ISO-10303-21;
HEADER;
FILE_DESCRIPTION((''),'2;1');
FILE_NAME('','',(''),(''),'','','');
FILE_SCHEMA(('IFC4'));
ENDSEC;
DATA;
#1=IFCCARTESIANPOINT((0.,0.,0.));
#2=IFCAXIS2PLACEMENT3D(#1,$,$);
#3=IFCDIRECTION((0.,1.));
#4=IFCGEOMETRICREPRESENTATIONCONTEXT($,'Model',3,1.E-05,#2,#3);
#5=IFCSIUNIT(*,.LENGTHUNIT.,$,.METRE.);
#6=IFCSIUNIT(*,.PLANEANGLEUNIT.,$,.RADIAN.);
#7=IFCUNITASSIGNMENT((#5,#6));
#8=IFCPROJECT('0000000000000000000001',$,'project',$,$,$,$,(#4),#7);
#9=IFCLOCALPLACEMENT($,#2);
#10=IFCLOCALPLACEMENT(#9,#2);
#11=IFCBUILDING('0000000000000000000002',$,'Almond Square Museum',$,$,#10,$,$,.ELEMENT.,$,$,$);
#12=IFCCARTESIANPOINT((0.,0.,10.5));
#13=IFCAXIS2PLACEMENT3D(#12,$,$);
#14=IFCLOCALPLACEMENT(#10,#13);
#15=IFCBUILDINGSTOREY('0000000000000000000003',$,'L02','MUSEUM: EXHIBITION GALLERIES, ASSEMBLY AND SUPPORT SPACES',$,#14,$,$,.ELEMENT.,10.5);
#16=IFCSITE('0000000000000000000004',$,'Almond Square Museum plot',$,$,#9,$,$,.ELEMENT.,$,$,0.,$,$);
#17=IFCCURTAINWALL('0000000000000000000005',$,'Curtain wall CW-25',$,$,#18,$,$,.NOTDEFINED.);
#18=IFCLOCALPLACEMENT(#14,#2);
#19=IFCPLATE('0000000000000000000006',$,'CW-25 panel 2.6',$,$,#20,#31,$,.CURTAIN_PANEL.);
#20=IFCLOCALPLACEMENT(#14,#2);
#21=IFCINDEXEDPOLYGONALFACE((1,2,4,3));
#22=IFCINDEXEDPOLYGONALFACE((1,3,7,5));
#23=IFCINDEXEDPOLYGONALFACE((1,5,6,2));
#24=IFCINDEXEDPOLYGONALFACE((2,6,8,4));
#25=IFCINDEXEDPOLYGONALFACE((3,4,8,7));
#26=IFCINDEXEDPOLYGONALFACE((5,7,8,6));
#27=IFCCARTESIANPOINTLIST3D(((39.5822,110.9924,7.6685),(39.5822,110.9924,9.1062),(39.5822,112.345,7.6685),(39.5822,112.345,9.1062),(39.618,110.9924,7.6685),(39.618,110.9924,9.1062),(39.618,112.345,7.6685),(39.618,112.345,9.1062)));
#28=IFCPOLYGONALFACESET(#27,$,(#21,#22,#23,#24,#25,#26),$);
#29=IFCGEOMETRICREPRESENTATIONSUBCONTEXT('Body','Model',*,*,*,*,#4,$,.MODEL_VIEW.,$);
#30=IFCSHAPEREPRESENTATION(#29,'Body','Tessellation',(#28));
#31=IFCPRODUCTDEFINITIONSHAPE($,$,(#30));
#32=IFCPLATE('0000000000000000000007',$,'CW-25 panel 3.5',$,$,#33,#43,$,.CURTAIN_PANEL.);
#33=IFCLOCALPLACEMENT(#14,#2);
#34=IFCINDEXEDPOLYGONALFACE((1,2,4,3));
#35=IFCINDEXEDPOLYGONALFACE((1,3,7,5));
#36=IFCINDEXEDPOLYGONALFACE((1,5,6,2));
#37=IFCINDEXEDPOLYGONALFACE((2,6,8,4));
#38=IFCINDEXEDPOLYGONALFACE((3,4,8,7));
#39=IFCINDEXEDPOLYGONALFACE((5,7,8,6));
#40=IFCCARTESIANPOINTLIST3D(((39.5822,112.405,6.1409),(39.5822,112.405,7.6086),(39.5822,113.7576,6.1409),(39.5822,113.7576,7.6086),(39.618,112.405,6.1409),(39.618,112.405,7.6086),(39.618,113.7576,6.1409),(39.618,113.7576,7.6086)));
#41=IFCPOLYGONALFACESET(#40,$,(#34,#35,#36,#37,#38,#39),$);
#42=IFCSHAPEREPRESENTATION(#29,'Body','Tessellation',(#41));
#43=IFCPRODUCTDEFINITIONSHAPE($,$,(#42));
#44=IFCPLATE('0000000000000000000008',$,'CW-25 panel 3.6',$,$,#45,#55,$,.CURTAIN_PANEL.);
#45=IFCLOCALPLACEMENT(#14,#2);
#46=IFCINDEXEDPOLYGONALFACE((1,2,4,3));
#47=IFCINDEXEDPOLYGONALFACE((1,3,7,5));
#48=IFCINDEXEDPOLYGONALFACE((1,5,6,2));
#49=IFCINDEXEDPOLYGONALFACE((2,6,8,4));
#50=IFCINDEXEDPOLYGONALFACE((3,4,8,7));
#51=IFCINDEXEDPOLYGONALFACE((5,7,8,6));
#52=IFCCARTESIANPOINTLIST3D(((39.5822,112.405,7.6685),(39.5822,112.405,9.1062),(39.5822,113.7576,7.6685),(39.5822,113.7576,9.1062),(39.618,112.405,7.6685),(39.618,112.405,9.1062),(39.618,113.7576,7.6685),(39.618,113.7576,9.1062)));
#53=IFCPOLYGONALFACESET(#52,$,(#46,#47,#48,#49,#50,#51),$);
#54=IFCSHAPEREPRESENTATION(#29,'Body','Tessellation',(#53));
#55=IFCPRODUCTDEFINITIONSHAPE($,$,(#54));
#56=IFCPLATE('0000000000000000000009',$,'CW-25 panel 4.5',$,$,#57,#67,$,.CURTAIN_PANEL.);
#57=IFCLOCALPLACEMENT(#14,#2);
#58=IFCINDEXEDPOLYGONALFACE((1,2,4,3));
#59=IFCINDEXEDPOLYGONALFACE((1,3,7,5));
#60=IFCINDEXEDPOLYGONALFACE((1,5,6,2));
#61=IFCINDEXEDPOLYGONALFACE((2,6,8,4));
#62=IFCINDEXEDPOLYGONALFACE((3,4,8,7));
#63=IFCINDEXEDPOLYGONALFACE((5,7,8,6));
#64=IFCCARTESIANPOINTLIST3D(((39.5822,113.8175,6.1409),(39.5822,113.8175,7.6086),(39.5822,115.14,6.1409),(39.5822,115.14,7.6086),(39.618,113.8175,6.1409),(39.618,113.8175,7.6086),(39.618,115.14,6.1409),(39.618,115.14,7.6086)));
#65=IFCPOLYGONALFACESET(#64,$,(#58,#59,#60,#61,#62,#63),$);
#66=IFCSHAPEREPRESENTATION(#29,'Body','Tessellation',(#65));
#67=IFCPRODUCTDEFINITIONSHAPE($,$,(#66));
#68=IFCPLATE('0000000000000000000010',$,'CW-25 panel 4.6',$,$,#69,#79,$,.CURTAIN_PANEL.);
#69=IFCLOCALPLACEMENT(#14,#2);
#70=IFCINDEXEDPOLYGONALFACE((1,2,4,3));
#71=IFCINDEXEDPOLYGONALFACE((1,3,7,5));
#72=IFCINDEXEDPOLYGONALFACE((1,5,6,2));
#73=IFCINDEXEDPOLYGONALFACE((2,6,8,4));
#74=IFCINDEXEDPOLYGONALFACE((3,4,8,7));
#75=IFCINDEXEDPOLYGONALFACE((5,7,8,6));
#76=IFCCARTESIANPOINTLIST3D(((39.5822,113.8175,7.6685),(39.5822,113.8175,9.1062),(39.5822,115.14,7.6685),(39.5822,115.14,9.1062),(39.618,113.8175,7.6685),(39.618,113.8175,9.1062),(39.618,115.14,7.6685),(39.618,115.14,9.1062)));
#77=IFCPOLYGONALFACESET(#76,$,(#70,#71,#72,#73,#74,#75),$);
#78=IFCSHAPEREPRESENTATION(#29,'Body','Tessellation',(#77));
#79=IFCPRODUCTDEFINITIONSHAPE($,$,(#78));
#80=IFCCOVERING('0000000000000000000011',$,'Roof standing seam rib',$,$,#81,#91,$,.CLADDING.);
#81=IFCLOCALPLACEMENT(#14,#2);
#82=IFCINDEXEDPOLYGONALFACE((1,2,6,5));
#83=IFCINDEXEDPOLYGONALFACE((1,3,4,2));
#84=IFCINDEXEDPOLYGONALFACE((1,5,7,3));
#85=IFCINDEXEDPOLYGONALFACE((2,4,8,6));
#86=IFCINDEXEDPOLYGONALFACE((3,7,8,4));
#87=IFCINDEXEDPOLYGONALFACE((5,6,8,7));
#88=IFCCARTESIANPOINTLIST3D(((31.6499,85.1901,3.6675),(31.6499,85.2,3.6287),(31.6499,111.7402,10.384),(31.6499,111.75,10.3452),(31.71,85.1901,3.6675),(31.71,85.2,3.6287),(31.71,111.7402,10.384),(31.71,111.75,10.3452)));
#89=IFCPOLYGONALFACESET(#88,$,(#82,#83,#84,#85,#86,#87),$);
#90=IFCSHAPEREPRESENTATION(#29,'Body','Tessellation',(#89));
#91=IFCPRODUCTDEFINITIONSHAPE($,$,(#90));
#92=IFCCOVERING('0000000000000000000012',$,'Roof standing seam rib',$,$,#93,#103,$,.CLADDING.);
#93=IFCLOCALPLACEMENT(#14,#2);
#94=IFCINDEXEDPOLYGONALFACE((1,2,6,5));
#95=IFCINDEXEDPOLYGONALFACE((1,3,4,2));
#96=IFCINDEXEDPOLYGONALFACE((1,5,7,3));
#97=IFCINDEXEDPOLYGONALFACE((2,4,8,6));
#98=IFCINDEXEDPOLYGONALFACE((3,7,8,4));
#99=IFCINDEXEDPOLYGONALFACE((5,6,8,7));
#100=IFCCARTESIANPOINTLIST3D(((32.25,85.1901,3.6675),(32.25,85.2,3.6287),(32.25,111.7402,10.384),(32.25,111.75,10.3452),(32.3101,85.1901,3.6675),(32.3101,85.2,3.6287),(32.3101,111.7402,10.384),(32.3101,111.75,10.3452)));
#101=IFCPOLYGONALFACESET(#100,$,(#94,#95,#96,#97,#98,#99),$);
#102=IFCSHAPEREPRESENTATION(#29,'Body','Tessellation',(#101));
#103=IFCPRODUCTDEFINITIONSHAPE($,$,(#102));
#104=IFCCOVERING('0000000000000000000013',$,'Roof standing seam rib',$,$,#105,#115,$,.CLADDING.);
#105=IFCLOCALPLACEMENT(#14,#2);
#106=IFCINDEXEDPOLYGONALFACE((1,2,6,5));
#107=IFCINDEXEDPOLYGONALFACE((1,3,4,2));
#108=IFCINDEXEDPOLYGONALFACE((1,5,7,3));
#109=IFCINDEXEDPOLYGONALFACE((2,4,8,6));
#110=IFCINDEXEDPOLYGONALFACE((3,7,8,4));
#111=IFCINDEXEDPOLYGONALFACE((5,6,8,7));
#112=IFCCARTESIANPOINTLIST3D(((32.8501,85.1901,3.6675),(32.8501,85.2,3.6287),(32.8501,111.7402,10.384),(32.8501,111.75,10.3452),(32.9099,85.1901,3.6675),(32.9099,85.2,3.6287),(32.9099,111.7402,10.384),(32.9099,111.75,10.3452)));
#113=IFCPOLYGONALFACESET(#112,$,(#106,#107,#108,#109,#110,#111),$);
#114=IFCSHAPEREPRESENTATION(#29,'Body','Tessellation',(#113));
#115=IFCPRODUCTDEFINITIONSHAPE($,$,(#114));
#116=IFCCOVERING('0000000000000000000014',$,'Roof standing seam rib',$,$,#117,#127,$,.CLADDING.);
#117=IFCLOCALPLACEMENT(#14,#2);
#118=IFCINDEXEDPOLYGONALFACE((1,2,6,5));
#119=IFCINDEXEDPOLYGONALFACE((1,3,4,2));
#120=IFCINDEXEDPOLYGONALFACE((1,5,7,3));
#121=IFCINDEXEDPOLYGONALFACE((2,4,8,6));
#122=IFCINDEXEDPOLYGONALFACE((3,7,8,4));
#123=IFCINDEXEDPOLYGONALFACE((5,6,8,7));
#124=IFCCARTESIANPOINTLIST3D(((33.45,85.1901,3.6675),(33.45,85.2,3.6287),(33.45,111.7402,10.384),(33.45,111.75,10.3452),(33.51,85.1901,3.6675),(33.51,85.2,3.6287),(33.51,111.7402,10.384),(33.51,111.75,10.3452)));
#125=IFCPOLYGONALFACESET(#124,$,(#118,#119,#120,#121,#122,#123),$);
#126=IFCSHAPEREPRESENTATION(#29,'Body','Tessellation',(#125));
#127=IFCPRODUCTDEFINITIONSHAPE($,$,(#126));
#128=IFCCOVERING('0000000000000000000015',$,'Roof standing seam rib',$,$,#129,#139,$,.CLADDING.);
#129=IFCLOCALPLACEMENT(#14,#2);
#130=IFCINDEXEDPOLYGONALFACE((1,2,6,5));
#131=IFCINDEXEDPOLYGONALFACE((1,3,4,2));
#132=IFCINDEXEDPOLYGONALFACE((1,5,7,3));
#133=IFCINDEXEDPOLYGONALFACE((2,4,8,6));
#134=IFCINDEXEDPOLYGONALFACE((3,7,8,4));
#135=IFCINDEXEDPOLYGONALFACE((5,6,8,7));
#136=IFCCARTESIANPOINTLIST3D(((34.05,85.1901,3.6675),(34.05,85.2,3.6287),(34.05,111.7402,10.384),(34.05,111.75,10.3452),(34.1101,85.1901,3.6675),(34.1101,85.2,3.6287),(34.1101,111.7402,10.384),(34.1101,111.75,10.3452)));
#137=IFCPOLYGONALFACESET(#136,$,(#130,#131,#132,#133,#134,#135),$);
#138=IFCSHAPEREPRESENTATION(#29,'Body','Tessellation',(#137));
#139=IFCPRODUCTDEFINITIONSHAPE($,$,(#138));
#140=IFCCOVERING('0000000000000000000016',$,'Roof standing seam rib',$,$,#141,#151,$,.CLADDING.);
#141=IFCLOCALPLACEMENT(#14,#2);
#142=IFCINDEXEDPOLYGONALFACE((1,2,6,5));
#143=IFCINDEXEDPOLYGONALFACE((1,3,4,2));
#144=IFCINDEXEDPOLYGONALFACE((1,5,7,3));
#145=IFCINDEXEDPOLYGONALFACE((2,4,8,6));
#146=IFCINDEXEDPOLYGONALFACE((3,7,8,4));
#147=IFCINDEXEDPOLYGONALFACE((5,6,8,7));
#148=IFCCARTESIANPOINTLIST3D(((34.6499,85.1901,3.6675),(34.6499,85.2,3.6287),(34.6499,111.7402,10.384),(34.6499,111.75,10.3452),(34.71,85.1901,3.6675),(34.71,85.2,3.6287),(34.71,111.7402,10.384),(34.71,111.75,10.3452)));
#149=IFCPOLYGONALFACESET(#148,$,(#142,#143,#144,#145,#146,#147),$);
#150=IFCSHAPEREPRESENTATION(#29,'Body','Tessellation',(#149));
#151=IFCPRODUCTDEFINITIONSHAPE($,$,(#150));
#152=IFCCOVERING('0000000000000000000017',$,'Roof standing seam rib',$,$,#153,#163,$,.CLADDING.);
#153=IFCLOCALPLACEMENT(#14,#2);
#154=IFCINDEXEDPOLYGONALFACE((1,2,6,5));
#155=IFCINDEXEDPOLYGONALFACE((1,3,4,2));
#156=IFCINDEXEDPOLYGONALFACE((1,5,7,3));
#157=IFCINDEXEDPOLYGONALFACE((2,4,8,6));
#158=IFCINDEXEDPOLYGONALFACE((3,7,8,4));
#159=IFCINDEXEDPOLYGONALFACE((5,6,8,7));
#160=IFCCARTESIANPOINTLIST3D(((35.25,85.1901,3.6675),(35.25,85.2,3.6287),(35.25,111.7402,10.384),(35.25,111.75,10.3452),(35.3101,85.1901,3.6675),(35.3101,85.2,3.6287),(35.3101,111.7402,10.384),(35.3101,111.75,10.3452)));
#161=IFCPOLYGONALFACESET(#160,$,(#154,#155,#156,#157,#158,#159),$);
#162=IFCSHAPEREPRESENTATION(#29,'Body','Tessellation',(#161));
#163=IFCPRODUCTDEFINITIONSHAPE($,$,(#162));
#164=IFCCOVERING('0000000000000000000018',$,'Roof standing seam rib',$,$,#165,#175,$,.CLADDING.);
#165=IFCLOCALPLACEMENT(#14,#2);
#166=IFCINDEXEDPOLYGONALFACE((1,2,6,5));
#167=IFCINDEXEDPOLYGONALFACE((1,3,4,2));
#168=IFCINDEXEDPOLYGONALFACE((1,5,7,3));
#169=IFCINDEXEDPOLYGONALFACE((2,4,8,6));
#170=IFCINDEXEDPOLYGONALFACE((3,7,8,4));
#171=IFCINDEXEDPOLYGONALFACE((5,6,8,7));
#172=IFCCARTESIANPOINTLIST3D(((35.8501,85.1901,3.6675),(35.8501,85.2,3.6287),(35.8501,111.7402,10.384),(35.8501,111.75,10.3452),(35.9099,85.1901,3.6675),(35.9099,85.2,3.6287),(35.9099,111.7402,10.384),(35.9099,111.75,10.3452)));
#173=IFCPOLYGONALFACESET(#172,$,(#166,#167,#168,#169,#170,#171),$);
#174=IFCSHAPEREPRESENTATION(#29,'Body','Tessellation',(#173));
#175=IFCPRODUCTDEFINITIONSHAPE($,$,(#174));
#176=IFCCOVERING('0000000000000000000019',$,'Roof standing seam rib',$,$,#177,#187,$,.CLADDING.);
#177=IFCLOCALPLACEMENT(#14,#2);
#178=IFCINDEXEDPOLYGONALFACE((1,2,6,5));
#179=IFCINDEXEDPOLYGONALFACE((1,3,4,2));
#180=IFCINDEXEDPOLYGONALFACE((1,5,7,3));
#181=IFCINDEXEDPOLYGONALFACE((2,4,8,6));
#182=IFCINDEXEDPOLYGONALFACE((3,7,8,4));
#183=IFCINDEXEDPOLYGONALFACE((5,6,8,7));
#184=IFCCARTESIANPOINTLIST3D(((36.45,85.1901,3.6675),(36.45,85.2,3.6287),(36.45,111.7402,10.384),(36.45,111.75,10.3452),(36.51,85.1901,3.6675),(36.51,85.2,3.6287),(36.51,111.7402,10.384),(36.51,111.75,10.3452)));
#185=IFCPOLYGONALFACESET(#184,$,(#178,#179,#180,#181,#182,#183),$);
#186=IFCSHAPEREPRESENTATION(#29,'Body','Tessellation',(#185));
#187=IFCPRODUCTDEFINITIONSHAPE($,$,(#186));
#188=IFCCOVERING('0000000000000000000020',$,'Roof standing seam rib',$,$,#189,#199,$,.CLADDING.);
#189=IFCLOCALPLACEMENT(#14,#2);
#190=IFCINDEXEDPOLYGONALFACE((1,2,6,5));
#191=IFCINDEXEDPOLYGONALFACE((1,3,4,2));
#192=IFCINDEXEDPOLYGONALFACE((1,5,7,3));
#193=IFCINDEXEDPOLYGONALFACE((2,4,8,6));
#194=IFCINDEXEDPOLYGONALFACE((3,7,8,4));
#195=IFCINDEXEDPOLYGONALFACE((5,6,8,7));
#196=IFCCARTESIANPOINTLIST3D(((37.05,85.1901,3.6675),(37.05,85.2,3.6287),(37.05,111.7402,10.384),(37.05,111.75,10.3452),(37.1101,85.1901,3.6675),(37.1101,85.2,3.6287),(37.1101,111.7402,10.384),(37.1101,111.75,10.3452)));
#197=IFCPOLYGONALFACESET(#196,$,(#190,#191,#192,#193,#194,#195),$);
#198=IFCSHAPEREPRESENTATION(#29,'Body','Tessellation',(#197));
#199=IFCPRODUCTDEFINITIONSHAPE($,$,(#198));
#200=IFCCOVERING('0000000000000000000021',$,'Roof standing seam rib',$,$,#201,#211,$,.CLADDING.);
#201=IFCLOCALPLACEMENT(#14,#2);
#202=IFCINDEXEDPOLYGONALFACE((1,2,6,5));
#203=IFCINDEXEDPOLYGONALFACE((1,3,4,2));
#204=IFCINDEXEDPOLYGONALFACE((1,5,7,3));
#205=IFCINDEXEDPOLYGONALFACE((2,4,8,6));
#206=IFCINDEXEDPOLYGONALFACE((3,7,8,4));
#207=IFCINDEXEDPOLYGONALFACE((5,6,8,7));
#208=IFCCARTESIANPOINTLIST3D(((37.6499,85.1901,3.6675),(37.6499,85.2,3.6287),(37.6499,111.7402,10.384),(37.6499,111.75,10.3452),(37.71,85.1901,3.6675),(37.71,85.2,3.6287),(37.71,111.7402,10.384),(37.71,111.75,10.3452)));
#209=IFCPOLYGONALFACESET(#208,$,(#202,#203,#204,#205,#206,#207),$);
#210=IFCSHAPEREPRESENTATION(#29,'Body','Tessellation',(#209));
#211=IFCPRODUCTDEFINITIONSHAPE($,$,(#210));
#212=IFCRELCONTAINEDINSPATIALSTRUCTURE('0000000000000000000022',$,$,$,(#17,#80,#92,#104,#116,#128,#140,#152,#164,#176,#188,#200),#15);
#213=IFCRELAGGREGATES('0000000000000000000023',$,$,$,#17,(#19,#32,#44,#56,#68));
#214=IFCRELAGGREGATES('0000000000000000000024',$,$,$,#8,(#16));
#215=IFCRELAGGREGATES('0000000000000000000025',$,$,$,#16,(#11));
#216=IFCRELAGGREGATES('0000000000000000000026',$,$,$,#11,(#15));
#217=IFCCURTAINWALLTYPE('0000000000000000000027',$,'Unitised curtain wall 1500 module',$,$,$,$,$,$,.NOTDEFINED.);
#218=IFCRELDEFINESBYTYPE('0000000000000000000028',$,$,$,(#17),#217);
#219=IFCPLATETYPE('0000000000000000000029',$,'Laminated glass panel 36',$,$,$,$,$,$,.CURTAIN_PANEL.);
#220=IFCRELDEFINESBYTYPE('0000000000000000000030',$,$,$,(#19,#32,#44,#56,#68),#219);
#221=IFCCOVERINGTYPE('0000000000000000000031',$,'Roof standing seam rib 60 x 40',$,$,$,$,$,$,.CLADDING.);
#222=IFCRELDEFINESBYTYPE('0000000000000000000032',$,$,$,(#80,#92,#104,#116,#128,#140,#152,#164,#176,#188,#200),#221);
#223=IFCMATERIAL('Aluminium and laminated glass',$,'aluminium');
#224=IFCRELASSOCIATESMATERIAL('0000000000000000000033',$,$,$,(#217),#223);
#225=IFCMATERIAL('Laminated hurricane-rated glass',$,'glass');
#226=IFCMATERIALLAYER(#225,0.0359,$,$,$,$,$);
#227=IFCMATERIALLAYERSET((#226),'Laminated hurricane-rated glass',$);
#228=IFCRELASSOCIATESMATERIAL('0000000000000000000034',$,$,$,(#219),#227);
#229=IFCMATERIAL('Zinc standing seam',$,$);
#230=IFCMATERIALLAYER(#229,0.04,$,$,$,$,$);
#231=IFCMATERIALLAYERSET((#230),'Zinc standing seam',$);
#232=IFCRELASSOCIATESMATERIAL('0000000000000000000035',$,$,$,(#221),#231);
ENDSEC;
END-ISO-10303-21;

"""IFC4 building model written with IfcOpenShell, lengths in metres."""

from ifc_helpers import new_model, si_unit, direction, frame, origin, origin_2d, place, context, subcontext, project, spatial, polyline, rectangle, outline, extrude, material, layer, layer_set, type_object, element, aggregate, save


model = new_model("IFC4")

# Units and contexts
model_context = context("Model", 3, precision=1e-05, world=origin(), true_north=direction((0.0, 1.0)))
body_context = subcontext(model_context, "Body", "Model", "MODEL_VIEW")
ifc_project = project(units=[si_unit("LENGTHUNIT", "METRE"), si_unit("PLANEANGLEUNIT", "RADIAN")], contexts=[model_context])

# Site, building, storey
site_placement = place(None, origin())
site = spatial("IfcSite", under=ifc_project, at=site_placement, Name="Almond Square Museum plot", CompositionType="ELEMENT", RefElevation=0.0)
building_placement = place(site_placement, origin())
building = spatial("IfcBuilding", under=site, at=building_placement, Name="Almond Square Museum", CompositionType="ELEMENT")
storey_placement = place(building_placement, frame((0.0, 0.0, 10.5)))
storey = spatial("IfcBuildingStorey", under=building, at=storey_placement, Name="L02", Description="MUSEUM: EXHIBITION GALLERIES, ASSEMBLY AND SUPPORT SPACES", CompositionType="ELEMENT", Elevation=10.5)

# Curtain wall
ifc_material_1 = material(Name="Aluminium and laminated glass", Category="aluminium")
curtain_wall_type = type_object("IfcCurtainWallType", Name="Unitised curtain wall 1500 module", PredefinedType="NOTDEFINED", material=ifc_material_1)
curtain_wall_1_placement = place(storey_placement, origin())
curtain_wall_1 = element("IfcCurtainWall", 1, at=curtain_wall_1_placement, inside=storey, type_object=curtain_wall_type, Name="Curtain wall CW-25", PredefinedType="NOTDEFINED")

# Plates
ifc_material_2 = material(Name="Laminated hurricane-rated glass", Category="glass")
ifc_layer_1 = layer(ifc_material_2, 0.0359)
ifc_layer_set_1 = layer_set([ifc_layer_1], Name="Laminated hurricane-rated glass")
plate_type = type_object("IfcPlateType", Name="Laminated glass panel 36", PredefinedType="CURTAIN_PANEL", material=ifc_layer_set_1)
plate_1_placement = place(storey_placement, frame((39.6001, 111.6687, 7.6685), z_axis=(0.0, 0.0, 1.0), x_axis=(0.0, 1.0, 0.0)))
plate_1 = element("IfcPlate", 2, at=plate_1_placement, type_object=plate_type, Name="CW-25 panel 2.6", PredefinedType="CURTAIN_PANEL", context=body_context, shape_type="SweptSolid", body=[
    extrude(rectangle(XDim=1.3525, YDim=0.0359, at=origin_2d()), origin(), (0.0, 0.0, 1.0), 1.4377),
])
plate_2_placement = place(storey_placement, frame((39.6001, 113.0813, 6.1409), z_axis=(0.0, 0.0, 1.0), x_axis=(0.0, 1.0, 0.0)))
plate_2 = element("IfcPlate", 3, at=plate_2_placement, type_object=plate_type, Name="CW-25 panel 3.5", PredefinedType="CURTAIN_PANEL", context=body_context, shape_type="SweptSolid", body=[
    extrude(rectangle(XDim=1.3525, YDim=0.0359, at=origin_2d()), origin(), (0.0, 0.0, 1.0), 1.4678),
])
plate_3_placement = place(storey_placement, frame((39.6001, 113.0813, 7.6685), z_axis=(0.0, 0.0, 1.0), x_axis=(0.0, 1.0, 0.0)))
plate_3 = element("IfcPlate", 4, at=plate_3_placement, type_object=plate_type, Name="CW-25 panel 3.6", PredefinedType="CURTAIN_PANEL", context=body_context, shape_type="SweptSolid", body=[
    extrude(rectangle(XDim=1.3525, YDim=0.0359, at=origin_2d()), origin(), (0.0, 0.0, 1.0), 1.4377),
])
plate_4_placement = place(storey_placement, frame((39.6001, 114.4788, 6.1409), z_axis=(0.0, 0.0, 1.0), x_axis=(0.0, 1.0, 0.0)))
plate_4 = element("IfcPlate", 5, at=plate_4_placement, type_object=plate_type, Name="CW-25 panel 4.5", PredefinedType="CURTAIN_PANEL", context=body_context, shape_type="SweptSolid", body=[
    extrude(rectangle(XDim=1.3225, YDim=0.0359, at=origin_2d()), origin(), (0.0, 0.0, 1.0), 1.4678),
])
plate_5_placement = place(storey_placement, frame((39.6001, 114.4788, 7.6685), z_axis=(0.0, 0.0, 1.0), x_axis=(0.0, 1.0, 0.0)))
plate_5 = element("IfcPlate", 6, at=plate_5_placement, type_object=plate_type, Name="CW-25 panel 4.6", PredefinedType="CURTAIN_PANEL", context=body_context, shape_type="SweptSolid", body=[
    extrude(rectangle(XDim=1.3225, YDim=0.0359, at=origin_2d()), origin(), (0.0, 0.0, 1.0), 1.4377),
])
aggregate(curtain_wall_1, [plate_1, plate_2, plate_3, plate_4, plate_5])

# Coverings
ifc_material_3 = material(Name="Zinc standing seam")
ifc_layer_2 = layer(ifc_material_3, 0.04)
ifc_layer_set_2 = layer_set([ifc_layer_2], Name="Zinc standing seam")
covering_type = type_object("IfcCoveringType", Name="Roof standing seam rib 60 x 40", PredefinedType="CLADDING", material=ifc_layer_set_2)
for number, where, z_axis, x_axis, name in (
    (7, (31.71, 111.75, 10.3452), (0.0, -0.245251, 0.96946), (-1.0, 0.0, 0.0), "Roof standing seam rib"),
    (8, (32.3101, 111.75, 10.3452), (0.0, -0.245251, 0.96946), (-1.0, 0.0, 0.0), "Roof standing seam rib"),
):
    element("IfcCovering", number, at=place(storey_placement, frame(where, z_axis=z_axis, x_axis=x_axis)), inside=storey, type_object=covering_type, Name=name, PredefinedType="CLADDING", context=body_context, shape_type="SweptSolid", body=[
        extrude(outline(polyline([(0.0, 0.0), (0.0601, 0.0), (0.0601, 27.3864), (0.0, 27.3864), (0.0, 0.0)])), origin(), (0.0, 0.0, 1.0), 0.04),
    ])
covering_1_placement = place(storey_placement, frame((32.9099, 111.75, 10.3452), z_axis=(0.0, -0.245251, 0.96946), x_axis=(-1.0, 0.0, 0.0)))
element("IfcCovering", 9, at=covering_1_placement, inside=storey, type_object=covering_type, Name="Roof standing seam rib", PredefinedType="CLADDING", context=body_context, shape_type="SweptSolid", body=[
    extrude(outline(polyline([(0.0, 0.0), (0.0598, 0.0), (0.0598, 27.3864), (0.0, 27.3864), (0.0, 0.0)])), origin(), (0.0, 0.0, 1.0), 0.04),
])
for number, where, z_axis, x_axis, name in (
    (10, (33.51, 111.75, 10.3452), (0.0, -0.245251, 0.96946), (-1.0, 0.0, 0.0), "Roof standing seam rib"),
    (11, (34.1101, 111.75, 10.3452), (0.0, -0.245251, 0.96946), (-1.0, 0.0, 0.0), "Roof standing seam rib"),
    (12, (34.71, 111.75, 10.3452), (0.0, -0.245251, 0.96946), (-1.0, 0.0, 0.0), "Roof standing seam rib"),
    (13, (35.3101, 111.75, 10.3452), (0.0, -0.245251, 0.96946), (-1.0, 0.0, 0.0), "Roof standing seam rib"),
):
    element("IfcCovering", number, at=place(storey_placement, frame(where, z_axis=z_axis, x_axis=x_axis)), inside=storey, type_object=covering_type, Name=name, PredefinedType="CLADDING", context=body_context, shape_type="SweptSolid", body=[
        extrude(outline(polyline([(0.0, 0.0), (0.0601, 0.0), (0.0601, 27.3864), (0.0, 27.3864), (0.0, 0.0)])), origin(), (0.0, 0.0, 1.0), 0.04),
    ])
covering_2_placement = place(storey_placement, frame((35.9099, 111.75, 10.3452), z_axis=(0.0, -0.245251, 0.96946), x_axis=(-1.0, 0.0, 0.0)))
element("IfcCovering", 14, at=covering_2_placement, inside=storey, type_object=covering_type, Name="Roof standing seam rib", PredefinedType="CLADDING", context=body_context, shape_type="SweptSolid", body=[
    extrude(outline(polyline([(0.0, 0.0), (0.0598, 0.0), (0.0598, 27.3864), (0.0, 27.3864), (0.0, 0.0)])), origin(), (0.0, 0.0, 1.0), 0.04),
])
for number, where, z_axis, x_axis, name in (
    (15, (36.51, 111.75, 10.3452), (0.0, -0.245251, 0.96946), (-1.0, 0.0, 0.0), "Roof standing seam rib"),
    (16, (37.1101, 111.75, 10.3452), (0.0, -0.245251, 0.96946), (-1.0, 0.0, 0.0), "Roof standing seam rib"),
    (17, (37.71, 111.75, 10.3452), (0.0, -0.245251, 0.96946), (-1.0, 0.0, 0.0), "Roof standing seam rib"),
):
    element("IfcCovering", number, at=place(storey_placement, frame(where, z_axis=z_axis, x_axis=x_axis)), inside=storey, type_object=covering_type, Name=name, PredefinedType="CLADDING", context=body_context, shape_type="SweptSolid", body=[
        extrude(outline(polyline([(0.0, 0.0), (0.0601, 0.0), (0.0601, 27.3864), (0.0, 27.3864), (0.0, 0.0)])), origin(), (0.0, 0.0, 1.0), 0.04),
    ])

save(model, "model.ifc")
